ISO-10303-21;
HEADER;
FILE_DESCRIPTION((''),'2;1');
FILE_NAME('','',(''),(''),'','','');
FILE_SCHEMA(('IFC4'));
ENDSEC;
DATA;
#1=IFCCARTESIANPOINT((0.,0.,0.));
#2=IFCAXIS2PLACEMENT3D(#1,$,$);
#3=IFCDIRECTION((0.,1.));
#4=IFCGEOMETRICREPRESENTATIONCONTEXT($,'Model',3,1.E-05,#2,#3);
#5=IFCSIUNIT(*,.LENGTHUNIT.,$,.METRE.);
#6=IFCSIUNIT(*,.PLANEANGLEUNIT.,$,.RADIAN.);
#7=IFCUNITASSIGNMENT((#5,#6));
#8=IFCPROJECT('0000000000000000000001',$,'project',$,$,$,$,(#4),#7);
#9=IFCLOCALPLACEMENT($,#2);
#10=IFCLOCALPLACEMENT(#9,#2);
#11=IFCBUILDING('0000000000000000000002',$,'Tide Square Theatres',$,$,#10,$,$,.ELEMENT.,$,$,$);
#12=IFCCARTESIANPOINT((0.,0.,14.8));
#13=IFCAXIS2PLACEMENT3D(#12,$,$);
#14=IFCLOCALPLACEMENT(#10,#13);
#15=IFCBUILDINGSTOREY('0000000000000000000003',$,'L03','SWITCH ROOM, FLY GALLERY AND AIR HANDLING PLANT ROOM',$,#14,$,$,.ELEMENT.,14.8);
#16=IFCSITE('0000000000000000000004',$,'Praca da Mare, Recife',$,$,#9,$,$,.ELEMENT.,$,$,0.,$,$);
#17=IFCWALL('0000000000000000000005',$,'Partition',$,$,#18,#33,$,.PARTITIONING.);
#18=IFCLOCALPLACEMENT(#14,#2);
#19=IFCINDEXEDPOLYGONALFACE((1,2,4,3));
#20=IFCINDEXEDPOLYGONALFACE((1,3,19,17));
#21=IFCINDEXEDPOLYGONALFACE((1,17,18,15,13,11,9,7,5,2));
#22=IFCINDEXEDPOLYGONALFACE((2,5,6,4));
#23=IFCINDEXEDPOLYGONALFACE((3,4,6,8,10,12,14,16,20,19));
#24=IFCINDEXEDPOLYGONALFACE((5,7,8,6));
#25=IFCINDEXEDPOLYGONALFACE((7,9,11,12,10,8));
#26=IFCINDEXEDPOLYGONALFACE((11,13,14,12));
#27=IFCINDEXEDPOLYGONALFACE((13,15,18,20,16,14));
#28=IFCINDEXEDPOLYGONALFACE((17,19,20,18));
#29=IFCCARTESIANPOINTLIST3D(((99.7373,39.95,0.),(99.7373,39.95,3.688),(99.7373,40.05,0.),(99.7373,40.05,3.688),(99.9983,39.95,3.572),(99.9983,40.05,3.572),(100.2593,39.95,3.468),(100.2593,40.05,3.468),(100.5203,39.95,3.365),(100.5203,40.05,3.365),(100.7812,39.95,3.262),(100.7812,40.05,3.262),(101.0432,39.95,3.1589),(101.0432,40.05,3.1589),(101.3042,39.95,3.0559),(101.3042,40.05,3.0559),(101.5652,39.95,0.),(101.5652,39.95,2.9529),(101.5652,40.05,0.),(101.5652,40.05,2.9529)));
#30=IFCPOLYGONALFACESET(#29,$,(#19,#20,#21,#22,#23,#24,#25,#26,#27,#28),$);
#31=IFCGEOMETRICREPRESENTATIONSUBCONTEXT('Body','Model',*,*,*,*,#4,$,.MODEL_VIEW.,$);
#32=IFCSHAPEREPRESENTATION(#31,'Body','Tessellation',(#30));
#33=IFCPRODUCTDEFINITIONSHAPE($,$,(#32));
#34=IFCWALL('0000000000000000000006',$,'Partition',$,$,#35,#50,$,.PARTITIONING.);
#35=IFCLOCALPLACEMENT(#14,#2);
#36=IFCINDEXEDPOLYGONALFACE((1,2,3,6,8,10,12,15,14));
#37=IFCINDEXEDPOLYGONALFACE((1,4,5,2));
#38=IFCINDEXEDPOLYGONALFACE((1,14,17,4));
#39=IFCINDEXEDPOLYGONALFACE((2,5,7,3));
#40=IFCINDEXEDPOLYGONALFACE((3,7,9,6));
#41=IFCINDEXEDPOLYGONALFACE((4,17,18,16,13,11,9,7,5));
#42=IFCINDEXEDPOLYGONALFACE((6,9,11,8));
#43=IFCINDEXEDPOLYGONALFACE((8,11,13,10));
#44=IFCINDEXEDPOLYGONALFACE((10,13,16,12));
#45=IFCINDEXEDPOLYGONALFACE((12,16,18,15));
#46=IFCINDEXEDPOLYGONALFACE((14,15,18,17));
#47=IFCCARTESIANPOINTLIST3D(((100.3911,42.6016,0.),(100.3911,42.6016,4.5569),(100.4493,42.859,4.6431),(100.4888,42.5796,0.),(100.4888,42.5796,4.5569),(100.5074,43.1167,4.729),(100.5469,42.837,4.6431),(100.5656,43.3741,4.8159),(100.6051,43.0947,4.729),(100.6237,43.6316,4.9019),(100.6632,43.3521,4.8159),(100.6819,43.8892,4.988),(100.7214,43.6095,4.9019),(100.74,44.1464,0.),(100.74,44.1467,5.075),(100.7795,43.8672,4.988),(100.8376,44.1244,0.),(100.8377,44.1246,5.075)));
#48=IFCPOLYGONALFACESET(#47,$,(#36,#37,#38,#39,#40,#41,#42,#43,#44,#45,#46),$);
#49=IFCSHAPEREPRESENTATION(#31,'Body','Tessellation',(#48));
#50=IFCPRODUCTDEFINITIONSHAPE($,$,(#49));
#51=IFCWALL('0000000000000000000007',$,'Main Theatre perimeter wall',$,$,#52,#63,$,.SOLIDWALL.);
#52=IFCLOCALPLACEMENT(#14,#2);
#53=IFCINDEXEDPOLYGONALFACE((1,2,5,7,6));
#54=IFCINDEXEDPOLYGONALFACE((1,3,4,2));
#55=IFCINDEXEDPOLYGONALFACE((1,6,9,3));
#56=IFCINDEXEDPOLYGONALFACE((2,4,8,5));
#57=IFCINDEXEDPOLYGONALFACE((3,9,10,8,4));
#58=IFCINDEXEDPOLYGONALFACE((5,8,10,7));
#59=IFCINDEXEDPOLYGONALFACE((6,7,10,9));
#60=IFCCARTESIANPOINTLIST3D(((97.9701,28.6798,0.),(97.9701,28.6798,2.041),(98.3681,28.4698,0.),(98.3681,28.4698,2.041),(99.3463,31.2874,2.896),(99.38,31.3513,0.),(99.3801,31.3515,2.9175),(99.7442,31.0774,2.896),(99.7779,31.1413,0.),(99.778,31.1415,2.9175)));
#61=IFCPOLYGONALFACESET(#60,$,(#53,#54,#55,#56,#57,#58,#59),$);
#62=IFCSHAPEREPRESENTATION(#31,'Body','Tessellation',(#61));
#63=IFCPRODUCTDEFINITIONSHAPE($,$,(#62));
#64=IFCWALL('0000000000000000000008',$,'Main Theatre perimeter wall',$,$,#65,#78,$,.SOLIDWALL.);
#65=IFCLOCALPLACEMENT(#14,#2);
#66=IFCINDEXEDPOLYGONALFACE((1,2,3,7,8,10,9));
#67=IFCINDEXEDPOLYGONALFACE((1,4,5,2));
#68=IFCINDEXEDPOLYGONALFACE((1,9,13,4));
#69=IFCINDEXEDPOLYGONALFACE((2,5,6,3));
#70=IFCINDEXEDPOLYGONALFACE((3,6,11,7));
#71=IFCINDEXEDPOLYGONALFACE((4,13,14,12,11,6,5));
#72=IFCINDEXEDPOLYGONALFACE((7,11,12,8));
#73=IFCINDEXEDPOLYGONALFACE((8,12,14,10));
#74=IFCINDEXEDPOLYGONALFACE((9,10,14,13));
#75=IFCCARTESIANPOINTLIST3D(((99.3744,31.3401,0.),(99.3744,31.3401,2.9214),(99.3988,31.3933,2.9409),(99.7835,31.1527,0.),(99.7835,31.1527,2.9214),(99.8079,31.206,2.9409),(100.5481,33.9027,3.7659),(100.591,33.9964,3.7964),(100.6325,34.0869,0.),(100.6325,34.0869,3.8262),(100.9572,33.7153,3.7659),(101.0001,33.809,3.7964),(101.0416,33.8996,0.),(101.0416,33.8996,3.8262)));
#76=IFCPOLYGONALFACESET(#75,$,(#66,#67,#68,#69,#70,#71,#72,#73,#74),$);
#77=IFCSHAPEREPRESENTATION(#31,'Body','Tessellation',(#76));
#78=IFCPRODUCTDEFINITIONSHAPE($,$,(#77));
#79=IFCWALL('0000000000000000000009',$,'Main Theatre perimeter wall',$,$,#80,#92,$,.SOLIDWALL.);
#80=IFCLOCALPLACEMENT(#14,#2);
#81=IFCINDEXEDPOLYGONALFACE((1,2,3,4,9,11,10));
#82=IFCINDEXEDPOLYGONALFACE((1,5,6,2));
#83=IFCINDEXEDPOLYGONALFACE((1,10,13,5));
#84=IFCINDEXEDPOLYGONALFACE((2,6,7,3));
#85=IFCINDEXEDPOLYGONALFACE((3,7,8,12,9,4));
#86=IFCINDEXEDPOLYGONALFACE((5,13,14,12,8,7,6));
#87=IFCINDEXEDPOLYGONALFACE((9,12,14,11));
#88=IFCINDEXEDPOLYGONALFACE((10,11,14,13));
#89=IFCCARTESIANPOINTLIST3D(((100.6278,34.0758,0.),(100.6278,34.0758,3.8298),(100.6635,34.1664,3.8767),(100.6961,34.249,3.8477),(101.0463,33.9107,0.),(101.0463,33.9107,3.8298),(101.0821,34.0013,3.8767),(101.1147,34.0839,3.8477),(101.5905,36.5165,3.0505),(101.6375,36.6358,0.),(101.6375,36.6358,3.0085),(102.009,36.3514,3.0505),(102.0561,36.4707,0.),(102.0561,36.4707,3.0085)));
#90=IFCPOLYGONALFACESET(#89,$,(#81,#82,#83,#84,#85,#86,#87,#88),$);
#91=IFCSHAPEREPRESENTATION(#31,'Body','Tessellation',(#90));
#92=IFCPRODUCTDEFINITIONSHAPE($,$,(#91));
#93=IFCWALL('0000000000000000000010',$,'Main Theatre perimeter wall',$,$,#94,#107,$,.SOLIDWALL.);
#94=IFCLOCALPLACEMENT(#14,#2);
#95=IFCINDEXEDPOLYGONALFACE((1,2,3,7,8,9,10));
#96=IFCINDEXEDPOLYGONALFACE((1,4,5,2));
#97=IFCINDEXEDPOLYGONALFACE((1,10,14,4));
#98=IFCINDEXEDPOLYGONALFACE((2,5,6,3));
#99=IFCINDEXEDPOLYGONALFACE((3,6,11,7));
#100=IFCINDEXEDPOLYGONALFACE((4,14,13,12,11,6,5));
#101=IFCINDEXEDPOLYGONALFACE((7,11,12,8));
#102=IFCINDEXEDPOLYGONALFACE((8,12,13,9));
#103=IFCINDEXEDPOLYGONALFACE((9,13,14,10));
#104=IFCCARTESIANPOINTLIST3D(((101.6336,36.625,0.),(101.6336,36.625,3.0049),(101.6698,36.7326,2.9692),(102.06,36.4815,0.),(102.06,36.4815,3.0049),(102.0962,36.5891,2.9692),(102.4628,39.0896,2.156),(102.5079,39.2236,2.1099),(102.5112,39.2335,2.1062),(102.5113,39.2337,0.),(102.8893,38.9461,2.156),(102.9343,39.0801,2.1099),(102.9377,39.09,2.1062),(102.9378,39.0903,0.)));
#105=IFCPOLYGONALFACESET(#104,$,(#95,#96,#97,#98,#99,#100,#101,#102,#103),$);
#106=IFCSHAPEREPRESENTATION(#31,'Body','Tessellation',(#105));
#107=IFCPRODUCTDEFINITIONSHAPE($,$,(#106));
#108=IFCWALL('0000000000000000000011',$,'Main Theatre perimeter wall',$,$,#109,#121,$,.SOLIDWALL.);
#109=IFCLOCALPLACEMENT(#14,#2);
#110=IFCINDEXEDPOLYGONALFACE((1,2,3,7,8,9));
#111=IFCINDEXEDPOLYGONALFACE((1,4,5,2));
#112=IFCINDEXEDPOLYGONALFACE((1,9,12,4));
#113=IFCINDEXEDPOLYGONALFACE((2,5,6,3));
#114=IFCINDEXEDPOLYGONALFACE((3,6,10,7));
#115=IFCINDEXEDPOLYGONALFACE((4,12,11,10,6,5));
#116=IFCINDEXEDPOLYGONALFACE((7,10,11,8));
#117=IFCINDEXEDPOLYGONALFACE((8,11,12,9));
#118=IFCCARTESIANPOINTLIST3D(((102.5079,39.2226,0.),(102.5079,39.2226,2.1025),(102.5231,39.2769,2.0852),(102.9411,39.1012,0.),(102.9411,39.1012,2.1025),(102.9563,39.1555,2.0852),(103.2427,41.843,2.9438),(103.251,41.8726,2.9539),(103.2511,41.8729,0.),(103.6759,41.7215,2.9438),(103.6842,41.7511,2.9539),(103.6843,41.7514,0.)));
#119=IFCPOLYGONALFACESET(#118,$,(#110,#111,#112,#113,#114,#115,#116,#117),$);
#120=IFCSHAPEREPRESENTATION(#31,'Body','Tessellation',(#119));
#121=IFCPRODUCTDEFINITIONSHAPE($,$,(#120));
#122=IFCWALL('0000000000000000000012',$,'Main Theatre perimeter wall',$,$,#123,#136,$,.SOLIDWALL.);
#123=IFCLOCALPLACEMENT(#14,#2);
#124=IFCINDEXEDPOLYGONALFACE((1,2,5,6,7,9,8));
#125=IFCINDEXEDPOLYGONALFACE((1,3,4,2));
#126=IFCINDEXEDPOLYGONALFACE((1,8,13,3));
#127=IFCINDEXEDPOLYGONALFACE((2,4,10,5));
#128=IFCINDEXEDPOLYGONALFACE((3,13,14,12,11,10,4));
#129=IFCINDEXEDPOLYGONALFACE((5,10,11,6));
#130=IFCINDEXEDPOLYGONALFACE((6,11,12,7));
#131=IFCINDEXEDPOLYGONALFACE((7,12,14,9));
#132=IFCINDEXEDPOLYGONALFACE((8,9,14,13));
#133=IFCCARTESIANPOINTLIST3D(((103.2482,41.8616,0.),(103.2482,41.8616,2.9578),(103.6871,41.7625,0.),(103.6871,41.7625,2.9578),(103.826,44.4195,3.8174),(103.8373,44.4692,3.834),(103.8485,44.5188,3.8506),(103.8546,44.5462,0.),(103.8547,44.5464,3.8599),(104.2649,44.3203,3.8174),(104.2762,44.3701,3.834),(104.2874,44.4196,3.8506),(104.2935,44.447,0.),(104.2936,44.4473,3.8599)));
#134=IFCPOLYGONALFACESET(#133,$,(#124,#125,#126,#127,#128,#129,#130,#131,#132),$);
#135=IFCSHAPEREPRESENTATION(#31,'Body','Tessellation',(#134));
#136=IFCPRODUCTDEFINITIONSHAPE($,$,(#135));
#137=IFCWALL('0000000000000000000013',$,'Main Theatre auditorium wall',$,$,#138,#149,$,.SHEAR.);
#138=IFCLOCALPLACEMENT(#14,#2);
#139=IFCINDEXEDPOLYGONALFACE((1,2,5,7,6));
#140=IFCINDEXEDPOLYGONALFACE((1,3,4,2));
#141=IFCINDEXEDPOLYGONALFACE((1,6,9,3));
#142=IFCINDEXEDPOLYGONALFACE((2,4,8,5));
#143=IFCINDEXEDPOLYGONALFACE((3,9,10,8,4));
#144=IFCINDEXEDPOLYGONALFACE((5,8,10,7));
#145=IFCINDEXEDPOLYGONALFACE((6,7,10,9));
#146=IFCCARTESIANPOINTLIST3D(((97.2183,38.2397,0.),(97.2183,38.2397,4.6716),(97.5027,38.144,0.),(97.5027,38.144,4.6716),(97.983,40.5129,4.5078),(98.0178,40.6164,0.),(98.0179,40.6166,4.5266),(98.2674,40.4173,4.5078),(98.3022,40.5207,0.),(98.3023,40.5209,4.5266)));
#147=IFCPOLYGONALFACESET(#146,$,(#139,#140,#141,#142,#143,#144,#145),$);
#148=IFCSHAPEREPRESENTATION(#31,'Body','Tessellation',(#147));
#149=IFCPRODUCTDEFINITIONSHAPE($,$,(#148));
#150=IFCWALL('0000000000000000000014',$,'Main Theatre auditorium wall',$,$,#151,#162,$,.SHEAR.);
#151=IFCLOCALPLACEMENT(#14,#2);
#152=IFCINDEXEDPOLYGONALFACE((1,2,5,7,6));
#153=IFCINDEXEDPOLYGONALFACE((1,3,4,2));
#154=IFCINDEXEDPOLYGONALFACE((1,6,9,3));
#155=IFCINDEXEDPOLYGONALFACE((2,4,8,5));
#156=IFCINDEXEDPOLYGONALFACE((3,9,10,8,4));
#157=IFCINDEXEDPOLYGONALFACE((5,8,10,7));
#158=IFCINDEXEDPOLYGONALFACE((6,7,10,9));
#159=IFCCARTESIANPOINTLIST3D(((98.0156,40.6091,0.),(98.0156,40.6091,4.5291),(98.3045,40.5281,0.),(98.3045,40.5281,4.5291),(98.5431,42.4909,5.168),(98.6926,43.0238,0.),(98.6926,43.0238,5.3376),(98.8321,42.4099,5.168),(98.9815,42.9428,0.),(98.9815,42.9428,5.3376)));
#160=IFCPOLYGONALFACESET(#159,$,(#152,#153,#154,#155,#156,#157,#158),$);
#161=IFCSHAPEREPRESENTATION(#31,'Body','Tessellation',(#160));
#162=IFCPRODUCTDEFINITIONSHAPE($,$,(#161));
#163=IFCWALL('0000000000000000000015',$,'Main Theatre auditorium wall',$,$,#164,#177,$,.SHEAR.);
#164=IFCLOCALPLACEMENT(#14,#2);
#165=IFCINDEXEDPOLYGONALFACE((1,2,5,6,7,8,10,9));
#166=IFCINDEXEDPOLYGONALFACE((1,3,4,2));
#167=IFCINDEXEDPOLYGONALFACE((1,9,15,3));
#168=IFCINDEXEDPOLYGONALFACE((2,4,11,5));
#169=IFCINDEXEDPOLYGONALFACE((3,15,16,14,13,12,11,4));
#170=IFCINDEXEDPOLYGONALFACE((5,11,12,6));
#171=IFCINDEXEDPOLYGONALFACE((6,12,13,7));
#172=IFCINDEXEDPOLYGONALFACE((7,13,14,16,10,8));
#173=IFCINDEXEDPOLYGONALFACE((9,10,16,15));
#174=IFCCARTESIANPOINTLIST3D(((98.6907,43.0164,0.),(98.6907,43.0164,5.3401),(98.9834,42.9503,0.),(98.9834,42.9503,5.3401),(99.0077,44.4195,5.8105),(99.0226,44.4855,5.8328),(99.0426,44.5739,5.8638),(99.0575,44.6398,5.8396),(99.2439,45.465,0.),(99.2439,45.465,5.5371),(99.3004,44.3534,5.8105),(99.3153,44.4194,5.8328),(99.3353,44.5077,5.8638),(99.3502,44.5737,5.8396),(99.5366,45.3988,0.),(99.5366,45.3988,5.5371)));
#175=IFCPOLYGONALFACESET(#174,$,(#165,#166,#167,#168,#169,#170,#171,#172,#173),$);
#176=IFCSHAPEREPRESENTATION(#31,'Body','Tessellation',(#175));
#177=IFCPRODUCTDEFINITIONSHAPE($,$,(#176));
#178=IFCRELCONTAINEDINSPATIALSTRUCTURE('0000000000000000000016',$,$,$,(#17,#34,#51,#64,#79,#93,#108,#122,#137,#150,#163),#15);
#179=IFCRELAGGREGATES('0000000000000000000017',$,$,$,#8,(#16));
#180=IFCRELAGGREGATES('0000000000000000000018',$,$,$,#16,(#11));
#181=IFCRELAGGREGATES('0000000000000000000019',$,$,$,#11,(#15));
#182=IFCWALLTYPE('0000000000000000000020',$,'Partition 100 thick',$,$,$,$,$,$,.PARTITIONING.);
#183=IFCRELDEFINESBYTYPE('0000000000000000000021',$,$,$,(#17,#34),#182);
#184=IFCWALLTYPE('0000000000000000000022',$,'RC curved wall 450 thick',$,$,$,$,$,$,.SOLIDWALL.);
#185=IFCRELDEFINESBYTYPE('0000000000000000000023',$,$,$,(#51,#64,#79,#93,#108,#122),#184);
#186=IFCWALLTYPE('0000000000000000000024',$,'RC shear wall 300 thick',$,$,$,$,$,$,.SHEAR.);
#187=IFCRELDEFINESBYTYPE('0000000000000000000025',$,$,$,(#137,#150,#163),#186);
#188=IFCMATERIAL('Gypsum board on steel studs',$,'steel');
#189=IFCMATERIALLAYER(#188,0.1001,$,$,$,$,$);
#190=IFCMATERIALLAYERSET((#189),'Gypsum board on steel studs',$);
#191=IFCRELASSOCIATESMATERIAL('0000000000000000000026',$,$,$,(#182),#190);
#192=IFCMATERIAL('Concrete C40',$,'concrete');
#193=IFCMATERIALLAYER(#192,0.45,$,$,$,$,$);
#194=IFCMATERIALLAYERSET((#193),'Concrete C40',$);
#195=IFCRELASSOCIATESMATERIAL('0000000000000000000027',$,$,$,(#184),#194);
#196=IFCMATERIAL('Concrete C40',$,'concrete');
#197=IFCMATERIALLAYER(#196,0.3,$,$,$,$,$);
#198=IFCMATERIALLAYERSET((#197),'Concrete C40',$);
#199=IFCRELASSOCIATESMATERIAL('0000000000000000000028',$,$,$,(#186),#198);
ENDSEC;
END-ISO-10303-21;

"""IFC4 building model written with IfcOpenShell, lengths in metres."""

from ifc_helpers import new_model, si_unit, direction, frame, origin, place, context, subcontext, project, spatial, polyline, outline, extrude, material, layer, layer_set, type_object, element, save


model = new_model("IFC4")

# Units and contexts
model_context = context("Model", 3, precision=1e-05, world=origin(), true_north=direction((0.0, 1.0)))
body_context = subcontext(model_context, "Body", "Model", "MODEL_VIEW")
ifc_project = project(units=[si_unit("LENGTHUNIT", "METRE"), si_unit("PLANEANGLEUNIT", "RADIAN")], contexts=[model_context])

# Site, building, storey
site_placement = place(None, origin())
site = spatial("IfcSite", under=ifc_project, at=site_placement, Name="Praca da Mare, Recife", CompositionType="ELEMENT", RefElevation=0.0)
building_placement = place(site_placement, origin())
building = spatial("IfcBuilding", under=site, at=building_placement, Name="Tide Square Theatres", CompositionType="ELEMENT")
storey_placement = place(building_placement, frame((0.0, 0.0, 14.8)))
storey = spatial("IfcBuildingStorey", under=building, at=storey_placement, Name="L03", Description="SWITCH ROOM, FLY GALLERY AND AIR HANDLING PLANT ROOM", CompositionType="ELEMENT", Elevation=14.8)

# Shared definitions
ifc_material_1 = material(Name="Gypsum board on steel studs", Category="steel")
ifc_layer_1 = layer(ifc_material_1, 0.1001)
ifc_layer_set_1 = layer_set([ifc_layer_1], Name="Gypsum board on steel studs")
wall_type_1 = type_object("IfcWallType", Name="Partition 100 thick", PredefinedType="PARTITIONING", material=ifc_layer_set_1)

# Walls
wall_1_placement = place(storey_placement, frame((99.7373, 40.0, 0.0), z_axis=(0.0, 0.0, 1.0), x_axis=(1.0, 0.0, 0.0)))
element("IfcWall", 1, at=wall_1_placement, inside=storey, type_object=wall_type_1, Name="Partition", PredefinedType="PARTITIONING", context=body_context, shape_type="SweptSolid", body=[
    extrude(outline(polyline([(0.0, 0.0), (1.8279, 0.0), (1.8279, 2.9529), (1.5669, 3.0559), (1.3059, 3.1589), (1.0439, 3.262), (0.783, 3.365), (0.522, 3.468), (0.261, 3.572), (0.0, 3.688), (0.0, 0.0)])), frame((0.0, 0.05, 0.0), z_axis=(0.0, -1.0, 0.0), x_axis=(1.0, 0.0, 0.0)), (0.0, 0.0, 1.0), 0.1001),
])
wall_2_placement = place(storey_placement, frame((100.4399, 42.5906, 0.0), z_axis=(0.0, 0.0, 1.0), x_axis=(0.220275, 0.975438, 0.0)))
element("IfcWall", 2, at=wall_2_placement, inside=storey, type_object=wall_type_1, Name="Partition", PredefinedType="PARTITIONING", context=body_context, shape_type="SweptSolid", body=[
    extrude(outline(polyline([(0.0, 0.0), (1.5837, 0.0), (1.584, 5.075), (1.3201, 4.988), (1.0559, 4.9019), (0.792, 4.8159), (0.5281, 4.729), (0.2639, 4.6431), (0.0, 4.5569), (0.0, 0.0)])), frame((0.0, 0.05, 0.0), z_axis=(0.0, -1.0, 0.0), x_axis=(1.0, 0.0, 0.0)), (0.0, 0.0, 1.0), 0.1001),
])
ifc_material_2 = material(Name="Concrete C40", Category="concrete")
ifc_layer_2 = layer(ifc_material_2, 0.45)
ifc_layer_set_2 = layer_set([ifc_layer_2], Name="Concrete C40")
wall_type_2 = type_object("IfcWallType", Name="RC curved wall 450 thick", PredefinedType="SOLIDWALL", material=ifc_layer_set_2)
wall_3_placement = place(storey_placement, frame((98.1692, 28.5747, 0.0), z_axis=(0.0, 0.0, 1.0), x_axis=(0.466729, 0.884401, 0.0)))
element("IfcWall", 3, at=wall_3_placement, inside=storey, type_object=wall_type_2, Name="Main Theatre perimeter wall", PredefinedType="SOLIDWALL", context=body_context, shape_type="SweptSolid", body=[
    extrude(outline(polyline([(0.0, 0.0), (3.0208, 0.0), (3.021, 2.9175), (2.9485, 2.896), (0.0, 2.041), (0.0, 0.0)])), frame((0.0, 0.2251, 0.0), z_axis=(0.0, -1.0, 0.0), x_axis=(1.0, 0.0, 0.0)), (0.0, 0.0, 1.0), 0.45),
])
wall_4_placement = place(storey_placement, frame((99.5791, 31.2463, 0.0), z_axis=(0.0, 0.0, 1.0), x_axis=(0.416407, 0.909178, 0.0)))
element("IfcWall", 4, at=wall_4_placement, inside=storey, type_object=wall_type_2, Name="Main Theatre perimeter wall", PredefinedType="SOLIDWALL", context=body_context, shape_type="SweptSolid", body=[
    extrude(outline(polyline([(0.0, 0.0), (3.0212, 0.0), (3.0212, 3.8262), (2.9216, 3.7964), (2.8186, 3.7659), (0.0586, 2.9409), (0.0, 2.9214), (0.0, 0.0)])), frame((0.0, 0.2251, 0.0), z_axis=(0.0, -1.0, 0.0), x_axis=(1.0, 0.0, 0.0)), (0.0, 0.0, 1.0), 0.45),
])
wall_5_placement = place(storey_placement, frame((100.8372, 33.9932, 0.0), z_axis=(0.0, 0.0, 1.0), x_axis=(0.36692, 0.930252, 0.0)))
element("IfcWall", 5, at=wall_5_placement, inside=storey, type_object=wall_type_2, Name="Main Theatre perimeter wall", PredefinedType="SOLIDWALL", context=body_context, shape_type="SweptSolid", body=[
    extrude(outline(polyline([(0.0, 0.0), (2.752, 0.0), (2.752, 3.0085), (2.6238, 3.0505), (0.1863, 3.8477), (0.0974, 3.8767), (0.0, 3.8298), (0.0, 0.0)])), frame((0.0, 0.2251, 0.0), z_axis=(0.0, -1.0, 0.0), x_axis=(1.0, 0.0, 0.0)), (0.0, 0.0, 1.0), 0.45),
])
wall_6_placement = place(storey_placement, frame((101.8469, 36.5532, 0.0), z_axis=(0.0, 0.0, 1.0), x_axis=(0.318888, 0.947793, 0.0)))
element("IfcWall", 6, at=wall_6_placement, inside=storey, type_object=wall_type_2, Name="Main Theatre perimeter wall", PredefinedType="SOLIDWALL", context=body_context, shape_type="SweptSolid", body=[
    extrude(outline(polyline([(0.0, 0.0), (2.7524, 0.0), (2.7522, 2.1062), (2.7417, 2.1099), (2.6003, 2.156), (0.1135, 2.9692), (0.0, 3.0049), (0.0, 0.0)])), frame((0.0, 0.2251, 0.0), z_axis=(0.0, -1.0, 0.0), x_axis=(1.0, 0.0, 0.0)), (0.0, 0.0, 1.0), 0.45),
])
wall_7_placement = place(storey_placement, frame((102.7246, 39.1619, 0.0), z_axis=(0.0, 0.0, 1.0), x_axis=(0.270008, 0.962858, 0.0)))
element("IfcWall", 7, at=wall_7_placement, inside=storey, type_object=wall_type_2, Name="Main Theatre perimeter wall", PredefinedType="SOLIDWALL", context=body_context, shape_type="SweptSolid", body=[
    extrude(outline(polyline([(0.0, 0.0), (2.7524, 0.0), (2.7522, 2.9539), (2.7214, 2.9438), (0.0564, 2.0852), (0.0, 2.1025), (0.0, 0.0)])), frame((0.0, 0.2251, 0.0), z_axis=(0.0, -1.0, 0.0), x_axis=(1.0, 0.0, 0.0)), (0.0, 0.0, 1.0), 0.45),
])
wall_8_placement = place(storey_placement, frame((103.4678, 41.812, 0.0), z_axis=(0.0, 0.0, 1.0), x_axis=(0.220348, 0.975421, 0.0)))
element("IfcWall", 8, at=wall_8_placement, inside=storey, type_object=wall_type_2, Name="Main Theatre perimeter wall", PredefinedType="SOLIDWALL", context=body_context, shape_type="SweptSolid", body=[
    extrude(outline(polyline([(0.0, 0.0), (2.7522, 0.0), (2.7524, 3.8599), (2.7241, 3.8506), (2.6733, 3.834), (2.6223, 3.8174), (0.0, 2.9578), (0.0, 0.0)])), frame((0.0, 0.2251, 0.0), z_axis=(0.0, -1.0, 0.0), x_axis=(1.0, 0.0, 0.0)), (0.0, 0.0, 1.0), 0.45),
])
ifc_material_3 = material(Name="Concrete C40", Category="concrete")
ifc_layer_3 = layer(ifc_material_3, 0.3)
ifc_layer_set_3 = layer_set([ifc_layer_3], Name="Concrete C40")
wall_type_3 = type_object("IfcWallType", Name="RC shear wall 300 thick", PredefinedType="SHEAR", material=ifc_layer_set_3)
wall_9_placement = place(storey_placement, frame((97.3604, 38.1919, 0.0), z_axis=(0.0, 0.0, 1.0), x_axis=(0.318855, 0.947803, 0.0)))
element("IfcWall", 9, at=wall_9_placement, inside=storey, type_object=wall_type_3, Name="Main Theatre auditorium wall", PredefinedType="SHEAR", context=body_context, shape_type="SweptSolid", body=[
    extrude(outline(polyline([(0.0, 0.0), (2.5076, 0.0), (2.5078, 4.5266), (2.3984, 4.5078), (0.0, 4.6716), (0.0, 0.0)])), frame((0.0, 0.1499, 0.0), z_axis=(0.0, -1.0, 0.0), x_axis=(1.0, 0.0, 0.0)), (0.0, 0.0, 1.0), 0.3),
])
wall_10_placement = place(storey_placement, frame((98.1599, 40.5686, 0.0), z_axis=(0.0, 0.0, 1.0), x_axis=(0.269948, 0.962875, 0.0)))
element("IfcWall", 10, at=wall_10_placement, inside=storey, type_object=wall_type_3, Name="Main Theatre auditorium wall", PredefinedType="SHEAR", context=body_context, shape_type="SweptSolid", body=[
    extrude(outline(polyline([(0.0, 0.0), (2.5078, 0.0), (2.5078, 5.3376), (1.9543, 5.168), (0.0, 4.5291), (0.0, 0.0)])), frame((0.0, 0.1499, 0.0), z_axis=(0.0, -1.0, 0.0), x_axis=(1.0, 0.0, 0.0)), (0.0, 0.0, 1.0), 0.3),
])
wall_11_placement = place(storey_placement, frame((98.8369, 42.9834, 0.0), z_axis=(0.0, 0.0, 1.0), x_axis=(0.220389, 0.975412, 0.0)))
element("IfcWall", 11, at=wall_11_placement, inside=storey, type_object=wall_type_3, Name="Main Theatre auditorium wall", PredefinedType="SHEAR", context=body_context, shape_type="SweptSolid", body=[
    extrude(outline(polyline([(0.0, 0.0), (2.5103, 0.0), (2.5103, 5.5371), (1.6643, 5.8396), (1.5967, 5.8638), (1.5061, 5.8328), (1.4385, 5.8105), (0.0, 5.3401), (0.0, 0.0)])), frame((0.0, 0.1499, 0.0), z_axis=(0.0, -1.0, 0.0), x_axis=(1.0, 0.0, 0.0)), (0.0, 0.0, 1.0), 0.3),
])

save(model, "model.ifc")
